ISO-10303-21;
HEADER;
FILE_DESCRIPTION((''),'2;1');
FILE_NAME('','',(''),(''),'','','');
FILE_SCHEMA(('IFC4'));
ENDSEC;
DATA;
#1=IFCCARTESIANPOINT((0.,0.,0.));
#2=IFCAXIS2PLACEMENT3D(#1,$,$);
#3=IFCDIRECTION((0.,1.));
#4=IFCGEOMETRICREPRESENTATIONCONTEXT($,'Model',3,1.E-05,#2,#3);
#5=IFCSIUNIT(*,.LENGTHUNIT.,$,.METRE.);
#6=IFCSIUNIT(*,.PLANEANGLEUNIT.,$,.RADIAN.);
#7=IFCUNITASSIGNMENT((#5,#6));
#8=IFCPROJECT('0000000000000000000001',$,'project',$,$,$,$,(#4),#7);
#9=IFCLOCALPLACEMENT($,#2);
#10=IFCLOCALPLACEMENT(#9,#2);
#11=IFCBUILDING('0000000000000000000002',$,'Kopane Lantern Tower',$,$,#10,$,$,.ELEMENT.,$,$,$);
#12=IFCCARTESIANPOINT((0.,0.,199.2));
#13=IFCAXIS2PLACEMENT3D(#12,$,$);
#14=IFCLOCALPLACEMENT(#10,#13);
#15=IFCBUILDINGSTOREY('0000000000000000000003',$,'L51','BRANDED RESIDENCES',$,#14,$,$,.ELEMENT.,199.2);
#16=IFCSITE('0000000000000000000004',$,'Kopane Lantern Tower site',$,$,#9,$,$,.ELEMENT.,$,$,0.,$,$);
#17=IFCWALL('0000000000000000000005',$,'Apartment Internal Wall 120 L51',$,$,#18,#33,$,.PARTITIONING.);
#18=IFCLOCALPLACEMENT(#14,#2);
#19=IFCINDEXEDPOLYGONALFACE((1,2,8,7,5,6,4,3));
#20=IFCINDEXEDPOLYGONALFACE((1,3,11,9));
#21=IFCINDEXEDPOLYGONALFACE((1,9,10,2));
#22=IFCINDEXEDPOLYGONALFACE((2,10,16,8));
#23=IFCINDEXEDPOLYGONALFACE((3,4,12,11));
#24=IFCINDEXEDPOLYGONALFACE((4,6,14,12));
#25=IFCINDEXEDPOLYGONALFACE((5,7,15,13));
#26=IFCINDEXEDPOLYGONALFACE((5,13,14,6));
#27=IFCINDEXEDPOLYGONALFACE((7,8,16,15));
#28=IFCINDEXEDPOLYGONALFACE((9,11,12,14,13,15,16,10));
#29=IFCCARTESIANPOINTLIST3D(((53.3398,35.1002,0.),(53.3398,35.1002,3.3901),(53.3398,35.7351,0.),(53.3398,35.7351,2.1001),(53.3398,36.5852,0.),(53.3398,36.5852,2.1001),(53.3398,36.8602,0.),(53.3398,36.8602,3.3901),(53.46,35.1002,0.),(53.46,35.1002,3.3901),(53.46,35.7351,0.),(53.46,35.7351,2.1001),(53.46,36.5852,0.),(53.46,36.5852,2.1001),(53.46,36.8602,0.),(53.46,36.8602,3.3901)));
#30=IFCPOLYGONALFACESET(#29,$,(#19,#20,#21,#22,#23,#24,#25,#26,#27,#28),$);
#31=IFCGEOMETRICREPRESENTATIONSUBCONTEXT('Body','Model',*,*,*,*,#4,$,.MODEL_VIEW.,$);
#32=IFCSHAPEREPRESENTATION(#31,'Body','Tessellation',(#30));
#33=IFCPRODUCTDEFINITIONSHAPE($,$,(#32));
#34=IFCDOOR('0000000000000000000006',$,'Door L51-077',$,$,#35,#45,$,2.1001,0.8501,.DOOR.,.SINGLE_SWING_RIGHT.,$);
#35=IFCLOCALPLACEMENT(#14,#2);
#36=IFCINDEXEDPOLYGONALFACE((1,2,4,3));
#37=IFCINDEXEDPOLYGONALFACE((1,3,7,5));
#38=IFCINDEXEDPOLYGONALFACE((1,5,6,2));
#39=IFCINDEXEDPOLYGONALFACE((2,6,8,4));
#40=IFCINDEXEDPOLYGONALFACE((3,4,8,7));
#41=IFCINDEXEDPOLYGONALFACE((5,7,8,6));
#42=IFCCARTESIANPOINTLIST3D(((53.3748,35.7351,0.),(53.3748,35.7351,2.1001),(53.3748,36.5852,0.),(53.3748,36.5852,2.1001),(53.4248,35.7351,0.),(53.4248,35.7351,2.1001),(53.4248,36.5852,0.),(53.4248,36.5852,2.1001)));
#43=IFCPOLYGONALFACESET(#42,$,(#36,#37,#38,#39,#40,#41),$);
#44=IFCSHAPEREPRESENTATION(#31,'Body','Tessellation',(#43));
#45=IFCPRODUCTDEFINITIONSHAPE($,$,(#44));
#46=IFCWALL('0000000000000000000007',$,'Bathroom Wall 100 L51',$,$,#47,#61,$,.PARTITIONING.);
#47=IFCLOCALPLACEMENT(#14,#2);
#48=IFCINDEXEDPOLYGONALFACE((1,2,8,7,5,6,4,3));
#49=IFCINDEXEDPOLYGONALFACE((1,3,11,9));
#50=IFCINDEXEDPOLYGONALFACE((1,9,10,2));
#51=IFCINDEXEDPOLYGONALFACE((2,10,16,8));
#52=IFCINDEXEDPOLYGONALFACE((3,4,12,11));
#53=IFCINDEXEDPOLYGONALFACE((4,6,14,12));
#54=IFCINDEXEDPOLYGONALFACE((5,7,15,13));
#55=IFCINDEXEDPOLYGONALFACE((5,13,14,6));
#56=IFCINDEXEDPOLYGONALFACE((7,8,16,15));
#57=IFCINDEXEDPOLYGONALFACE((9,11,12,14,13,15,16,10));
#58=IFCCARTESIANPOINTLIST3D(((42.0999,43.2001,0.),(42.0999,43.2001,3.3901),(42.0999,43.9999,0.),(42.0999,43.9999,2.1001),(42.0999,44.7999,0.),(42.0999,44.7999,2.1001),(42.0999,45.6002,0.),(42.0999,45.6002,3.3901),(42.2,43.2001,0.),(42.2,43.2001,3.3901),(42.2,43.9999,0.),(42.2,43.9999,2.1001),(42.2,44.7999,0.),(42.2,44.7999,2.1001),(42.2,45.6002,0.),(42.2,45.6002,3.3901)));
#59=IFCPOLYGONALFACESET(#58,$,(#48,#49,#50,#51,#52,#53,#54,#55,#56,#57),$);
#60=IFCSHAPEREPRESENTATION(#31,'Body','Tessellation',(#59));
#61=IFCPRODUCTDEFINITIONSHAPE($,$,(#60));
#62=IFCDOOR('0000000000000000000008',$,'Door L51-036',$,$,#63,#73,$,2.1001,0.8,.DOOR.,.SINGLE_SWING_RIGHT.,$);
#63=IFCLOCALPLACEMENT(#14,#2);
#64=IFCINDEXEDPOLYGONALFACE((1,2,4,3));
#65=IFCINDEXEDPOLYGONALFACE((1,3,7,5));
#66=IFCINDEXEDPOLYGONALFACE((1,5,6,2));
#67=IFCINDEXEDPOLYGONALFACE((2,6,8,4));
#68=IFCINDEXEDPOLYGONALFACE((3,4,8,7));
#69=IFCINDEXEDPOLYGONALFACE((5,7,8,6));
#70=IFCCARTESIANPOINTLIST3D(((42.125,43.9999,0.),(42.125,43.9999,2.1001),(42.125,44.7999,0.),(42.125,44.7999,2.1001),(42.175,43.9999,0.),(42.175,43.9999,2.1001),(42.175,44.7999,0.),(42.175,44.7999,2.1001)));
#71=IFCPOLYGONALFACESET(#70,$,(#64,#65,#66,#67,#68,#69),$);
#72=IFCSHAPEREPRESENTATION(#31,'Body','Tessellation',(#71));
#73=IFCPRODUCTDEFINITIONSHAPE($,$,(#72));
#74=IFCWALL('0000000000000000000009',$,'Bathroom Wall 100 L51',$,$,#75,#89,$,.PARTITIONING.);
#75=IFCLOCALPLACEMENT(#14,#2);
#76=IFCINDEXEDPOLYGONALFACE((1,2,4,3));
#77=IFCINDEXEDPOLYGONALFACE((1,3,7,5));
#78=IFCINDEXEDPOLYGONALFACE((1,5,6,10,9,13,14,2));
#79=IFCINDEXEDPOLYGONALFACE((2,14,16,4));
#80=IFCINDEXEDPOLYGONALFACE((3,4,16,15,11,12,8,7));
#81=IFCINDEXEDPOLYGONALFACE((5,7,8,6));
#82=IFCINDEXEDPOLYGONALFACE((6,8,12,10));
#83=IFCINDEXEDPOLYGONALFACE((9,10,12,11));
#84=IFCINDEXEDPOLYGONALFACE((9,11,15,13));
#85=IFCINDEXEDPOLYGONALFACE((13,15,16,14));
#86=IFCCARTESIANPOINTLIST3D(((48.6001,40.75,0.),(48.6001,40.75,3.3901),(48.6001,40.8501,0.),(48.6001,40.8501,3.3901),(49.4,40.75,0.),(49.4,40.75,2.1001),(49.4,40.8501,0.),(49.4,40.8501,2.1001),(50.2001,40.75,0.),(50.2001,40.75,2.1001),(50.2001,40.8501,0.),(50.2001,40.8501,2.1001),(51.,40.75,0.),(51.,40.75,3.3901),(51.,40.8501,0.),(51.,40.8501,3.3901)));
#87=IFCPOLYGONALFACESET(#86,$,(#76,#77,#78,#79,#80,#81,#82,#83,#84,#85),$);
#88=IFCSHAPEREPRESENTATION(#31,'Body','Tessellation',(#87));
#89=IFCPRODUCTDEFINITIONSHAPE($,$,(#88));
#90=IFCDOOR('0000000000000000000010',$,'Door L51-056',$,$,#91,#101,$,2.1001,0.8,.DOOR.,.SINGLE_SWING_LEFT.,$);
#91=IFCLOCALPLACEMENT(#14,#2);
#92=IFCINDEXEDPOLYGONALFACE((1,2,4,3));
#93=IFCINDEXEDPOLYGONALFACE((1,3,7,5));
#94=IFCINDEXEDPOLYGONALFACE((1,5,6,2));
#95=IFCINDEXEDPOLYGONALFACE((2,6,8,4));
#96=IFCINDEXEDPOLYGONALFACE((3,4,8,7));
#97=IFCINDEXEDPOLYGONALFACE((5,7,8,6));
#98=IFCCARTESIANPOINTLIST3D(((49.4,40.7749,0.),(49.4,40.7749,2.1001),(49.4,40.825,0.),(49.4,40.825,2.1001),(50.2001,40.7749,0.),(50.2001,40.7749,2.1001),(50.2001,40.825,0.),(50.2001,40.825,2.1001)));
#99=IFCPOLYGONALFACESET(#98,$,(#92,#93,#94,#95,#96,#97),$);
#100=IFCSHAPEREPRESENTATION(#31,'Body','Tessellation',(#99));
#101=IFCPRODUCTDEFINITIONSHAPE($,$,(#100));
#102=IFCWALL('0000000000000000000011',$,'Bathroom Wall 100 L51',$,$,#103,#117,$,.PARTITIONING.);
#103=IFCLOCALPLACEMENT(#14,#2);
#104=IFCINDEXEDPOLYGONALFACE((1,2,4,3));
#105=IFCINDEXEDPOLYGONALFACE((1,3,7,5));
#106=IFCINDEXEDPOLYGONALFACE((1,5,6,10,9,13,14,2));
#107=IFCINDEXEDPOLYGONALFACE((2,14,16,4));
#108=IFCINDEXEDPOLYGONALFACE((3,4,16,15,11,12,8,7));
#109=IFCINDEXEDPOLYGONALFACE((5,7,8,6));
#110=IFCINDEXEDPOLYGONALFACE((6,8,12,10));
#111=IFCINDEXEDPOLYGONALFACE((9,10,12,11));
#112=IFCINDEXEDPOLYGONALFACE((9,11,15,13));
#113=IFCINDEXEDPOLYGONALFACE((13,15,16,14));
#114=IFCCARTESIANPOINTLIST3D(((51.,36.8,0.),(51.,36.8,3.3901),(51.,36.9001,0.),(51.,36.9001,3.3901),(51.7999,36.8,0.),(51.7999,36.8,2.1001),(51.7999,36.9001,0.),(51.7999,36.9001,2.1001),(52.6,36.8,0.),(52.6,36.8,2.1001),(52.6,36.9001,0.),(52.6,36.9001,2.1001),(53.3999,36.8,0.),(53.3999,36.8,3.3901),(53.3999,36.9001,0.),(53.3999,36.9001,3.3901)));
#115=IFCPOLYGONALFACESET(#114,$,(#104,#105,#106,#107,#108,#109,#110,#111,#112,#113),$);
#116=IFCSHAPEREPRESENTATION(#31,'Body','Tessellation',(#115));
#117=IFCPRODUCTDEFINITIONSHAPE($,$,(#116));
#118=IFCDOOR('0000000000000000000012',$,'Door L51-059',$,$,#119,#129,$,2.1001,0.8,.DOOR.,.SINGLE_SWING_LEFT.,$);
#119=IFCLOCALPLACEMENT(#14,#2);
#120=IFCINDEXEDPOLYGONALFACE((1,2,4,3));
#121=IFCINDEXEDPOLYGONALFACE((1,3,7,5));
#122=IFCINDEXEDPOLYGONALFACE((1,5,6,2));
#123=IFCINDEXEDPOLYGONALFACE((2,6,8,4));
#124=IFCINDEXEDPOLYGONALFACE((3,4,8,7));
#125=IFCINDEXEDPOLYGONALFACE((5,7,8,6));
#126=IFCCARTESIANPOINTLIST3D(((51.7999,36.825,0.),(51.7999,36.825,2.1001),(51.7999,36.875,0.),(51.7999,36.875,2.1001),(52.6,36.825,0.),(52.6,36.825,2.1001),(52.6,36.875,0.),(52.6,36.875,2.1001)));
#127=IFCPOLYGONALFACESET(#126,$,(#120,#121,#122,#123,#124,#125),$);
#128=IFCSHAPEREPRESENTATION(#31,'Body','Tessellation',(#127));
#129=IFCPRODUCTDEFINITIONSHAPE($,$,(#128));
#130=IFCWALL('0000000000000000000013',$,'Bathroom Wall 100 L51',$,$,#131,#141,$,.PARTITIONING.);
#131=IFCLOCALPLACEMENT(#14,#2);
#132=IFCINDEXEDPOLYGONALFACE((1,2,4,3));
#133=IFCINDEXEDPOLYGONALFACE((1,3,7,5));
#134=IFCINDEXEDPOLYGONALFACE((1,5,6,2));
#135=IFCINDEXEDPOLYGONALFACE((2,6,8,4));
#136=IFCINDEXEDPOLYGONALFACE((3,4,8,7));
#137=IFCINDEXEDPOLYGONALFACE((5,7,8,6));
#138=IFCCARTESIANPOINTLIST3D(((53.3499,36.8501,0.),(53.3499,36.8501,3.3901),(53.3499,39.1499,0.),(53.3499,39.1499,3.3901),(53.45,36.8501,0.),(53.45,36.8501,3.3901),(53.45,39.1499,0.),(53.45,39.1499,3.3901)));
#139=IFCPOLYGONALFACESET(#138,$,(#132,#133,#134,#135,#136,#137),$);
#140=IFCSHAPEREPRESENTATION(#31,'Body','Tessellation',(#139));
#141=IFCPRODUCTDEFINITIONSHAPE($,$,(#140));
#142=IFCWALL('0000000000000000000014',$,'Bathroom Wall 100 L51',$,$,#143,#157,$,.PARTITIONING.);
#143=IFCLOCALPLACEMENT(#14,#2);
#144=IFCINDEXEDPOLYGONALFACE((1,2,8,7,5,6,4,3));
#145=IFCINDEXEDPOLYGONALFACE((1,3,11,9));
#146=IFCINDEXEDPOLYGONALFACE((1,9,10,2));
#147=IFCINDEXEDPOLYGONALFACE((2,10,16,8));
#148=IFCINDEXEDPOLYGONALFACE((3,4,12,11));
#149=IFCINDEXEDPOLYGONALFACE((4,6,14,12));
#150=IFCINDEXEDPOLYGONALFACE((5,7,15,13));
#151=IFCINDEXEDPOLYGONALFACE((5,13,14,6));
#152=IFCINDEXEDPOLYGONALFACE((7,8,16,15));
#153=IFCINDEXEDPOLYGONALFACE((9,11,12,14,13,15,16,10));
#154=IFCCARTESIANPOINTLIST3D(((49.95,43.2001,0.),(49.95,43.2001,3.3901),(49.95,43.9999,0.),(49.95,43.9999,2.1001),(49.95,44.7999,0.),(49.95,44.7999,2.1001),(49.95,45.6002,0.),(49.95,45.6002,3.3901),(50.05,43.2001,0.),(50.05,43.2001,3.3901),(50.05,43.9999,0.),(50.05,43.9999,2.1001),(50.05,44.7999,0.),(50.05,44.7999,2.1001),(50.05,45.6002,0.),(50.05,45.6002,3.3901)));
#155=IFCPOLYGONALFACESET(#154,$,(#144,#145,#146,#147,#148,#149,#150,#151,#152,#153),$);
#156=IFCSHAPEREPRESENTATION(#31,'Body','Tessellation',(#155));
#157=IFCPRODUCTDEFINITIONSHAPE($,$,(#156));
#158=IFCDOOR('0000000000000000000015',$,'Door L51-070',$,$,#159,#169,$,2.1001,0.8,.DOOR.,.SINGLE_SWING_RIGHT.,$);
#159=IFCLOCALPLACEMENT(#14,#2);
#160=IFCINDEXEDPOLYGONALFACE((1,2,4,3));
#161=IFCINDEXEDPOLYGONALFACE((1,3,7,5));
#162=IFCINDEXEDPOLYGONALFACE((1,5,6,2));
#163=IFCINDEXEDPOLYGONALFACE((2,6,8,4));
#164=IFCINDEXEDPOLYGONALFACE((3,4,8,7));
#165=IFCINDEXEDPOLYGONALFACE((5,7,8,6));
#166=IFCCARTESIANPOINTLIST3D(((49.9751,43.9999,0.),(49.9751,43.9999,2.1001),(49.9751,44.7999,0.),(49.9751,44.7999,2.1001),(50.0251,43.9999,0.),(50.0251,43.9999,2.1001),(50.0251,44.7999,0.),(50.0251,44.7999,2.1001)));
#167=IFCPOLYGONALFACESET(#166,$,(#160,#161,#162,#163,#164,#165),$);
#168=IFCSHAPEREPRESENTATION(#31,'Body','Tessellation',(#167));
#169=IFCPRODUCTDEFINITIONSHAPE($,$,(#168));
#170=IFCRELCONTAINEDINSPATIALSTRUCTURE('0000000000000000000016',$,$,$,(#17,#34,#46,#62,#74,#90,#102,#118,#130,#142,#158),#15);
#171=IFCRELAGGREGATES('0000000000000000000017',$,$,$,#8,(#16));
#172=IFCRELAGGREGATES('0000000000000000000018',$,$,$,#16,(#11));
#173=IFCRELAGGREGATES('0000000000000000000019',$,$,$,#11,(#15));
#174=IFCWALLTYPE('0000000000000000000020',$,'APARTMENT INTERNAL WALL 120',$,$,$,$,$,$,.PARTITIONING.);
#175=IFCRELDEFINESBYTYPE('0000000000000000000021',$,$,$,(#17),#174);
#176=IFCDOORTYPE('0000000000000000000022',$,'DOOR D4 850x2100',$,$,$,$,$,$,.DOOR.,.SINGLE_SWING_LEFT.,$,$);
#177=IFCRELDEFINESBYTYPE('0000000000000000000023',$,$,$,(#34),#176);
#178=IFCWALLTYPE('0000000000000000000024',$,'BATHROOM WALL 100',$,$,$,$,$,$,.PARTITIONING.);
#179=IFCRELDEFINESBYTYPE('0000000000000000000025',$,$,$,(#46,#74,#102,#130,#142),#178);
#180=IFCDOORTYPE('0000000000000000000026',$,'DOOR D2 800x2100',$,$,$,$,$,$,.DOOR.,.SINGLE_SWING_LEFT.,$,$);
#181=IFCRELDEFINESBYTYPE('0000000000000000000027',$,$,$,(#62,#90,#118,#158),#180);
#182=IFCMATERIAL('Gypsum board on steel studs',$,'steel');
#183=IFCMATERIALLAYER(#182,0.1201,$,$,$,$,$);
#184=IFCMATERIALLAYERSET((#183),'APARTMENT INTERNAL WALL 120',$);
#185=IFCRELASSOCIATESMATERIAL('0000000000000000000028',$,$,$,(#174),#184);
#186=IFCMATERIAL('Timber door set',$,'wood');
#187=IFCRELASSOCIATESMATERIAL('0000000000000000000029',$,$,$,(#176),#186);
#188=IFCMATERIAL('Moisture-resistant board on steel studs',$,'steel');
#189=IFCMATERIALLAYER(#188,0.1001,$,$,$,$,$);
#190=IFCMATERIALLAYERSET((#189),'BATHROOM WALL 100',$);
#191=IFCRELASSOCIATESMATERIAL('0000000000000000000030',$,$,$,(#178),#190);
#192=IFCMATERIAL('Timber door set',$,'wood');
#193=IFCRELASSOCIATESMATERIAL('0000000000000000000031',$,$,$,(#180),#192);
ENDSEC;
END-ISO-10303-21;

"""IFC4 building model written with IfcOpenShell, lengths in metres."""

from ifc_helpers import new_model, si_unit, direction, frame, frame_2d, origin, place, context, subcontext, project, spatial, rectangle, extrude, material, layer, layer_set, type_object, element, fill, save


model = new_model("IFC4")

# Units and contexts
model_context = context("Model", 3, precision=1e-05, world=origin(), true_north=direction((0.0, 1.0)))
body_context = subcontext(model_context, "Body", "Model", "MODEL_VIEW")
ifc_project = project(units=[si_unit("LENGTHUNIT", "METRE"), si_unit("PLANEANGLEUNIT", "RADIAN")], contexts=[model_context])

# Site, building, storey
site_placement = place(None, origin())
site = spatial("IfcSite", under=ifc_project, at=site_placement, Name="Kopane Lantern Tower site", CompositionType="ELEMENT", RefElevation=0.0)
building_placement = place(site_placement, origin())
building = spatial("IfcBuilding", under=site, at=building_placement, Name="Kopane Lantern Tower", CompositionType="ELEMENT")
storey_placement = place(building_placement, frame((0.0, 0.0, 199.2)))
storey = spatial("IfcBuildingStorey", under=building, at=storey_placement, Name="L51", Description="BRANDED RESIDENCES", CompositionType="ELEMENT", Elevation=199.2)

# Shared definitions
ifc_material_1 = material(Name="Gypsum board on steel studs", Category="steel")
ifc_layer_1 = layer(ifc_material_1, 0.1201)
ifc_layer_set_1 = layer_set([ifc_layer_1], Name="APARTMENT INTERNAL WALL 120")
wall_type_1 = type_object("IfcWallType", Name="APARTMENT INTERNAL WALL 120", PredefinedType="PARTITIONING", material=ifc_layer_set_1)

# Walls, openings, doors
wall_1_placement = place(storey_placement, frame((53.3999, 36.8601, 0.0), z_axis=(0.0, 0.0, 1.0), x_axis=(0.0, -1.0, 0.0)))
wall_1 = element("IfcWall", 1, at=wall_1_placement, inside=storey, type_object=wall_type_1, Name="Apartment Internal Wall 120 L51", PredefinedType="PARTITIONING", context=body_context, shape_type="SweptSolid", body=[
    extrude(rectangle(XDim=1.76, YDim=0.1201, at=frame_2d((0.8799, 0.0))), origin(), (0.0, 0.0, 1.0), 3.3901),
])
opening_1_placement = place(wall_1_placement, frame((0.2749, 0.0, 0.0)))
opening_1 = element("IfcOpeningElement", 2, at=opening_1_placement, cuts=wall_1, PredefinedType="OPENING", context=body_context, shape_type="SweptSolid", body=[
    extrude(rectangle(XDim=0.8501, YDim=2.1001, at=frame_2d((0.425, 1.05))), frame((0.0, 0.0701, 0.0), z_axis=(0.0, -1.0, 0.0), x_axis=(1.0, 0.0, 0.0)), (0.0, 0.0, 1.0), 0.1401),
])
ifc_material_2 = material(Name="Timber door set", Category="wood")
door_type_1 = type_object("IfcDoorType", Name="DOOR D4 850x2100", OperationType="SINGLE_SWING_LEFT", PredefinedType="DOOR", material=ifc_material_2)
door_1_placement = place(opening_1_placement, origin())
door_1 = element("IfcDoor", 3, at=door_1_placement, inside=storey, type_object=door_type_1, Name="Door L51-077", OperationType="SINGLE_SWING_RIGHT", OverallHeight=2.1001, OverallWidth=0.8501, PredefinedType="DOOR", context=body_context, shape_type="SweptSolid", body=[
    extrude(rectangle(XDim=0.8501, YDim=2.1001, at=frame_2d((0.425, 1.05))), frame((0.0, 0.0249, 0.0), z_axis=(0.0, -1.0, 0.0), x_axis=(1.0, 0.0, 0.0)), (0.0, 0.0, 1.0), 0.05),
])
fill(opening_1, door_1)
ifc_material_3 = material(Name="Moisture-resistant board on steel studs", Category="steel")
ifc_layer_2 = layer(ifc_material_3, 0.1001)
ifc_layer_set_2 = layer_set([ifc_layer_2], Name="BATHROOM WALL 100")
wall_type_2 = type_object("IfcWallType", Name="BATHROOM WALL 100", PredefinedType="PARTITIONING", material=ifc_layer_set_2)
wall_2_placement = place(storey_placement, frame((42.1499, 43.2, 0.0), z_axis=(0.0, 0.0, 1.0), x_axis=(0.0, 1.0, 0.0)))
wall_2 = element("IfcWall", 4, at=wall_2_placement, inside=storey, type_object=wall_type_2, Name="Bathroom Wall 100 L51", PredefinedType="PARTITIONING", context=body_context, shape_type="SweptSolid", body=[
    extrude(rectangle(XDim=2.4001, YDim=0.1001, at=frame_2d((1.2002, 0.0))), origin(), (0.0, 0.0, 1.0), 3.3901),
])
opening_2_placement = place(wall_2_placement, frame((0.8, 0.0, 0.0)))
opening_2 = element("IfcOpeningElement", 5, at=opening_2_placement, cuts=wall_2, PredefinedType="OPENING", context=body_context, shape_type="SweptSolid", body=[
    extrude(rectangle(XDim=0.8, YDim=2.1001, at=frame_2d((0.3999, 1.05))), frame((0.0, 0.0601, 0.0), z_axis=(0.0, -1.0, 0.0), x_axis=(1.0, 0.0, 0.0)), (0.0, 0.0, 1.0), 0.1201),
])
ifc_material_4 = material(Name="Timber door set", Category="wood")
door_type_2 = type_object("IfcDoorType", Name="DOOR D2 800x2100", OperationType="SINGLE_SWING_LEFT", PredefinedType="DOOR", material=ifc_material_4)
door_2_placement = place(opening_2_placement, origin())
door_2 = element("IfcDoor", 6, at=door_2_placement, inside=storey, type_object=door_type_2, Name="Door L51-036", OperationType="SINGLE_SWING_RIGHT", OverallHeight=2.1001, OverallWidth=0.8, PredefinedType="DOOR", context=body_context, shape_type="SweptSolid", body=[
    extrude(rectangle(XDim=0.8, YDim=2.1001, at=frame_2d((0.3999, 1.05))), frame((0.0, 0.0249, 0.0), z_axis=(0.0, -1.0, 0.0), x_axis=(1.0, 0.0, 0.0)), (0.0, 0.0, 1.0), 0.05),
])
fill(opening_2, door_2)
wall_3_placement = place(storey_placement, frame((48.6001, 40.8, 0.0), z_axis=(0.0, 0.0, 1.0), x_axis=(1.0, 0.0, 0.0)))
wall_3 = element("IfcWall", 7, at=wall_3_placement, inside=storey, type_object=wall_type_2, Name="Bathroom Wall 100 L51", PredefinedType="PARTITIONING", context=body_context, shape_type="SweptSolid", body=[
    extrude(rectangle(XDim=2.3999, YDim=0.1001, at=frame_2d((1.2, 0.0))), origin(), (0.0, 0.0, 1.0), 3.3901),
])
opening_3_placement = place(wall_3_placement, frame((0.8, 0.0, 0.0)))
opening_3 = element("IfcOpeningElement", 8, at=opening_3_placement, cuts=wall_3, PredefinedType="OPENING", context=body_context, shape_type="SweptSolid", body=[
    extrude(rectangle(XDim=0.8, YDim=2.1001, at=frame_2d((0.3999, 1.05))), frame((0.0, 0.0601, 0.0), z_axis=(0.0, -1.0, 0.0), x_axis=(1.0, 0.0, 0.0)), (0.0, 0.0, 1.0), 0.1201),
])
door_3_placement = place(opening_3_placement, origin())
door_3 = element("IfcDoor", 9, at=door_3_placement, inside=storey, type_object=door_type_2, Name="Door L51-056", OperationType="SINGLE_SWING_LEFT", OverallHeight=2.1001, OverallWidth=0.8, PredefinedType="DOOR", context=body_context, shape_type="SweptSolid", body=[
    extrude(rectangle(XDim=0.8, YDim=2.1001, at=frame_2d((0.3999, 1.05))), frame((0.0, 0.0249, 0.0), z_axis=(0.0, -1.0, 0.0), x_axis=(1.0, 0.0, 0.0)), (0.0, 0.0, 1.0), 0.05),
])
fill(opening_3, door_3)
wall_4_placement = place(storey_placement, frame((51.0, 36.8501, 0.0), z_axis=(0.0, 0.0, 1.0), x_axis=(1.0, 0.0, 0.0)))
wall_4 = element("IfcWall", 10, at=wall_4_placement, inside=storey, type_object=wall_type_2, Name="Bathroom Wall 100 L51", PredefinedType="PARTITIONING", context=body_context, shape_type="SweptSolid", body=[
    extrude(rectangle(XDim=2.3999, YDim=0.1001, at=frame_2d((1.2, 0.0))), origin(), (0.0, 0.0, 1.0), 3.3901),
])
opening_4_placement = place(wall_4_placement, frame((0.8, 0.0, 0.0)))
opening_4 = element("IfcOpeningElement", 11, at=opening_4_placement, cuts=wall_4, PredefinedType="OPENING", context=body_context, shape_type="SweptSolid", body=[
    extrude(rectangle(XDim=0.8, YDim=2.1001, at=frame_2d((0.3999, 1.05))), frame((0.0, 0.0601, 0.0), z_axis=(0.0, -1.0, 0.0), x_axis=(1.0, 0.0, 0.0)), (0.0, 0.0, 1.0), 0.1201),
])
door_4_placement = place(opening_4_placement, origin())
door_4 = element("IfcDoor", 12, at=door_4_placement, inside=storey, type_object=door_type_2, Name="Door L51-059", OperationType="SINGLE_SWING_LEFT", OverallHeight=2.1001, OverallWidth=0.8, PredefinedType="DOOR", context=body_context, shape_type="SweptSolid", body=[
    extrude(rectangle(XDim=0.8, YDim=2.1001, at=frame_2d((0.3999, 1.05))), frame((0.0, 0.0249, 0.0), z_axis=(0.0, -1.0, 0.0), x_axis=(1.0, 0.0, 0.0)), (0.0, 0.0, 1.0), 0.05),
])
fill(opening_4, door_4)

# Wall
wall_5_placement = place(storey_placement, frame((53.3999, 36.8501, 0.0), z_axis=(0.0, 0.0, 1.0), x_axis=(0.0, 1.0, 0.0)))
element("IfcWall", 13, at=wall_5_placement, inside=storey, type_object=wall_type_2, Name="Bathroom Wall 100 L51", PredefinedType="PARTITIONING", context=body_context, shape_type="SweptSolid", body=[
    extrude(rectangle(XDim=2.2998, YDim=0.1001, at=frame_2d((1.1499, 0.0))), origin(), (0.0, 0.0, 1.0), 3.3901),
])

# Wall, opening, door
wall_6_placement = place(storey_placement, frame((50.0, 43.2, 0.0), z_axis=(0.0, 0.0, 1.0), x_axis=(0.0, 1.0, 0.0)))
wall_6 = element("IfcWall", 14, at=wall_6_placement, inside=storey, type_object=wall_type_2, Name="Bathroom Wall 100 L51", PredefinedType="PARTITIONING", context=body_context, shape_type="SweptSolid", body=[
    extrude(rectangle(XDim=2.4001, YDim=0.1001, at=frame_2d((1.2002, 0.0))), origin(), (0.0, 0.0, 1.0), 3.3901),
])
opening_5_placement = place(wall_6_placement, frame((0.8, 0.0, 0.0)))
opening_5 = element("IfcOpeningElement", 15, at=opening_5_placement, cuts=wall_6, PredefinedType="OPENING", context=body_context, shape_type="SweptSolid", body=[
    extrude(rectangle(XDim=0.8, YDim=2.1001, at=frame_2d((0.3999, 1.05))), frame((0.0, 0.0601, 0.0), z_axis=(0.0, -1.0, 0.0), x_axis=(1.0, 0.0, 0.0)), (0.0, 0.0, 1.0), 0.1201),
])
door_5_placement = place(opening_5_placement, origin())
door_5 = element("IfcDoor", 16, at=door_5_placement, inside=storey, type_object=door_type_2, Name="Door L51-070", OperationType="SINGLE_SWING_RIGHT", OverallHeight=2.1001, OverallWidth=0.8, PredefinedType="DOOR", context=body_context, shape_type="SweptSolid", body=[
    extrude(rectangle(XDim=0.8, YDim=2.1001, at=frame_2d((0.3999, 1.05))), frame((0.0, 0.0249, 0.0), z_axis=(0.0, -1.0, 0.0), x_axis=(1.0, 0.0, 0.0)), (0.0, 0.0, 1.0), 0.05),
])
fill(opening_5, door_5)

save(model, "model.ifc")
